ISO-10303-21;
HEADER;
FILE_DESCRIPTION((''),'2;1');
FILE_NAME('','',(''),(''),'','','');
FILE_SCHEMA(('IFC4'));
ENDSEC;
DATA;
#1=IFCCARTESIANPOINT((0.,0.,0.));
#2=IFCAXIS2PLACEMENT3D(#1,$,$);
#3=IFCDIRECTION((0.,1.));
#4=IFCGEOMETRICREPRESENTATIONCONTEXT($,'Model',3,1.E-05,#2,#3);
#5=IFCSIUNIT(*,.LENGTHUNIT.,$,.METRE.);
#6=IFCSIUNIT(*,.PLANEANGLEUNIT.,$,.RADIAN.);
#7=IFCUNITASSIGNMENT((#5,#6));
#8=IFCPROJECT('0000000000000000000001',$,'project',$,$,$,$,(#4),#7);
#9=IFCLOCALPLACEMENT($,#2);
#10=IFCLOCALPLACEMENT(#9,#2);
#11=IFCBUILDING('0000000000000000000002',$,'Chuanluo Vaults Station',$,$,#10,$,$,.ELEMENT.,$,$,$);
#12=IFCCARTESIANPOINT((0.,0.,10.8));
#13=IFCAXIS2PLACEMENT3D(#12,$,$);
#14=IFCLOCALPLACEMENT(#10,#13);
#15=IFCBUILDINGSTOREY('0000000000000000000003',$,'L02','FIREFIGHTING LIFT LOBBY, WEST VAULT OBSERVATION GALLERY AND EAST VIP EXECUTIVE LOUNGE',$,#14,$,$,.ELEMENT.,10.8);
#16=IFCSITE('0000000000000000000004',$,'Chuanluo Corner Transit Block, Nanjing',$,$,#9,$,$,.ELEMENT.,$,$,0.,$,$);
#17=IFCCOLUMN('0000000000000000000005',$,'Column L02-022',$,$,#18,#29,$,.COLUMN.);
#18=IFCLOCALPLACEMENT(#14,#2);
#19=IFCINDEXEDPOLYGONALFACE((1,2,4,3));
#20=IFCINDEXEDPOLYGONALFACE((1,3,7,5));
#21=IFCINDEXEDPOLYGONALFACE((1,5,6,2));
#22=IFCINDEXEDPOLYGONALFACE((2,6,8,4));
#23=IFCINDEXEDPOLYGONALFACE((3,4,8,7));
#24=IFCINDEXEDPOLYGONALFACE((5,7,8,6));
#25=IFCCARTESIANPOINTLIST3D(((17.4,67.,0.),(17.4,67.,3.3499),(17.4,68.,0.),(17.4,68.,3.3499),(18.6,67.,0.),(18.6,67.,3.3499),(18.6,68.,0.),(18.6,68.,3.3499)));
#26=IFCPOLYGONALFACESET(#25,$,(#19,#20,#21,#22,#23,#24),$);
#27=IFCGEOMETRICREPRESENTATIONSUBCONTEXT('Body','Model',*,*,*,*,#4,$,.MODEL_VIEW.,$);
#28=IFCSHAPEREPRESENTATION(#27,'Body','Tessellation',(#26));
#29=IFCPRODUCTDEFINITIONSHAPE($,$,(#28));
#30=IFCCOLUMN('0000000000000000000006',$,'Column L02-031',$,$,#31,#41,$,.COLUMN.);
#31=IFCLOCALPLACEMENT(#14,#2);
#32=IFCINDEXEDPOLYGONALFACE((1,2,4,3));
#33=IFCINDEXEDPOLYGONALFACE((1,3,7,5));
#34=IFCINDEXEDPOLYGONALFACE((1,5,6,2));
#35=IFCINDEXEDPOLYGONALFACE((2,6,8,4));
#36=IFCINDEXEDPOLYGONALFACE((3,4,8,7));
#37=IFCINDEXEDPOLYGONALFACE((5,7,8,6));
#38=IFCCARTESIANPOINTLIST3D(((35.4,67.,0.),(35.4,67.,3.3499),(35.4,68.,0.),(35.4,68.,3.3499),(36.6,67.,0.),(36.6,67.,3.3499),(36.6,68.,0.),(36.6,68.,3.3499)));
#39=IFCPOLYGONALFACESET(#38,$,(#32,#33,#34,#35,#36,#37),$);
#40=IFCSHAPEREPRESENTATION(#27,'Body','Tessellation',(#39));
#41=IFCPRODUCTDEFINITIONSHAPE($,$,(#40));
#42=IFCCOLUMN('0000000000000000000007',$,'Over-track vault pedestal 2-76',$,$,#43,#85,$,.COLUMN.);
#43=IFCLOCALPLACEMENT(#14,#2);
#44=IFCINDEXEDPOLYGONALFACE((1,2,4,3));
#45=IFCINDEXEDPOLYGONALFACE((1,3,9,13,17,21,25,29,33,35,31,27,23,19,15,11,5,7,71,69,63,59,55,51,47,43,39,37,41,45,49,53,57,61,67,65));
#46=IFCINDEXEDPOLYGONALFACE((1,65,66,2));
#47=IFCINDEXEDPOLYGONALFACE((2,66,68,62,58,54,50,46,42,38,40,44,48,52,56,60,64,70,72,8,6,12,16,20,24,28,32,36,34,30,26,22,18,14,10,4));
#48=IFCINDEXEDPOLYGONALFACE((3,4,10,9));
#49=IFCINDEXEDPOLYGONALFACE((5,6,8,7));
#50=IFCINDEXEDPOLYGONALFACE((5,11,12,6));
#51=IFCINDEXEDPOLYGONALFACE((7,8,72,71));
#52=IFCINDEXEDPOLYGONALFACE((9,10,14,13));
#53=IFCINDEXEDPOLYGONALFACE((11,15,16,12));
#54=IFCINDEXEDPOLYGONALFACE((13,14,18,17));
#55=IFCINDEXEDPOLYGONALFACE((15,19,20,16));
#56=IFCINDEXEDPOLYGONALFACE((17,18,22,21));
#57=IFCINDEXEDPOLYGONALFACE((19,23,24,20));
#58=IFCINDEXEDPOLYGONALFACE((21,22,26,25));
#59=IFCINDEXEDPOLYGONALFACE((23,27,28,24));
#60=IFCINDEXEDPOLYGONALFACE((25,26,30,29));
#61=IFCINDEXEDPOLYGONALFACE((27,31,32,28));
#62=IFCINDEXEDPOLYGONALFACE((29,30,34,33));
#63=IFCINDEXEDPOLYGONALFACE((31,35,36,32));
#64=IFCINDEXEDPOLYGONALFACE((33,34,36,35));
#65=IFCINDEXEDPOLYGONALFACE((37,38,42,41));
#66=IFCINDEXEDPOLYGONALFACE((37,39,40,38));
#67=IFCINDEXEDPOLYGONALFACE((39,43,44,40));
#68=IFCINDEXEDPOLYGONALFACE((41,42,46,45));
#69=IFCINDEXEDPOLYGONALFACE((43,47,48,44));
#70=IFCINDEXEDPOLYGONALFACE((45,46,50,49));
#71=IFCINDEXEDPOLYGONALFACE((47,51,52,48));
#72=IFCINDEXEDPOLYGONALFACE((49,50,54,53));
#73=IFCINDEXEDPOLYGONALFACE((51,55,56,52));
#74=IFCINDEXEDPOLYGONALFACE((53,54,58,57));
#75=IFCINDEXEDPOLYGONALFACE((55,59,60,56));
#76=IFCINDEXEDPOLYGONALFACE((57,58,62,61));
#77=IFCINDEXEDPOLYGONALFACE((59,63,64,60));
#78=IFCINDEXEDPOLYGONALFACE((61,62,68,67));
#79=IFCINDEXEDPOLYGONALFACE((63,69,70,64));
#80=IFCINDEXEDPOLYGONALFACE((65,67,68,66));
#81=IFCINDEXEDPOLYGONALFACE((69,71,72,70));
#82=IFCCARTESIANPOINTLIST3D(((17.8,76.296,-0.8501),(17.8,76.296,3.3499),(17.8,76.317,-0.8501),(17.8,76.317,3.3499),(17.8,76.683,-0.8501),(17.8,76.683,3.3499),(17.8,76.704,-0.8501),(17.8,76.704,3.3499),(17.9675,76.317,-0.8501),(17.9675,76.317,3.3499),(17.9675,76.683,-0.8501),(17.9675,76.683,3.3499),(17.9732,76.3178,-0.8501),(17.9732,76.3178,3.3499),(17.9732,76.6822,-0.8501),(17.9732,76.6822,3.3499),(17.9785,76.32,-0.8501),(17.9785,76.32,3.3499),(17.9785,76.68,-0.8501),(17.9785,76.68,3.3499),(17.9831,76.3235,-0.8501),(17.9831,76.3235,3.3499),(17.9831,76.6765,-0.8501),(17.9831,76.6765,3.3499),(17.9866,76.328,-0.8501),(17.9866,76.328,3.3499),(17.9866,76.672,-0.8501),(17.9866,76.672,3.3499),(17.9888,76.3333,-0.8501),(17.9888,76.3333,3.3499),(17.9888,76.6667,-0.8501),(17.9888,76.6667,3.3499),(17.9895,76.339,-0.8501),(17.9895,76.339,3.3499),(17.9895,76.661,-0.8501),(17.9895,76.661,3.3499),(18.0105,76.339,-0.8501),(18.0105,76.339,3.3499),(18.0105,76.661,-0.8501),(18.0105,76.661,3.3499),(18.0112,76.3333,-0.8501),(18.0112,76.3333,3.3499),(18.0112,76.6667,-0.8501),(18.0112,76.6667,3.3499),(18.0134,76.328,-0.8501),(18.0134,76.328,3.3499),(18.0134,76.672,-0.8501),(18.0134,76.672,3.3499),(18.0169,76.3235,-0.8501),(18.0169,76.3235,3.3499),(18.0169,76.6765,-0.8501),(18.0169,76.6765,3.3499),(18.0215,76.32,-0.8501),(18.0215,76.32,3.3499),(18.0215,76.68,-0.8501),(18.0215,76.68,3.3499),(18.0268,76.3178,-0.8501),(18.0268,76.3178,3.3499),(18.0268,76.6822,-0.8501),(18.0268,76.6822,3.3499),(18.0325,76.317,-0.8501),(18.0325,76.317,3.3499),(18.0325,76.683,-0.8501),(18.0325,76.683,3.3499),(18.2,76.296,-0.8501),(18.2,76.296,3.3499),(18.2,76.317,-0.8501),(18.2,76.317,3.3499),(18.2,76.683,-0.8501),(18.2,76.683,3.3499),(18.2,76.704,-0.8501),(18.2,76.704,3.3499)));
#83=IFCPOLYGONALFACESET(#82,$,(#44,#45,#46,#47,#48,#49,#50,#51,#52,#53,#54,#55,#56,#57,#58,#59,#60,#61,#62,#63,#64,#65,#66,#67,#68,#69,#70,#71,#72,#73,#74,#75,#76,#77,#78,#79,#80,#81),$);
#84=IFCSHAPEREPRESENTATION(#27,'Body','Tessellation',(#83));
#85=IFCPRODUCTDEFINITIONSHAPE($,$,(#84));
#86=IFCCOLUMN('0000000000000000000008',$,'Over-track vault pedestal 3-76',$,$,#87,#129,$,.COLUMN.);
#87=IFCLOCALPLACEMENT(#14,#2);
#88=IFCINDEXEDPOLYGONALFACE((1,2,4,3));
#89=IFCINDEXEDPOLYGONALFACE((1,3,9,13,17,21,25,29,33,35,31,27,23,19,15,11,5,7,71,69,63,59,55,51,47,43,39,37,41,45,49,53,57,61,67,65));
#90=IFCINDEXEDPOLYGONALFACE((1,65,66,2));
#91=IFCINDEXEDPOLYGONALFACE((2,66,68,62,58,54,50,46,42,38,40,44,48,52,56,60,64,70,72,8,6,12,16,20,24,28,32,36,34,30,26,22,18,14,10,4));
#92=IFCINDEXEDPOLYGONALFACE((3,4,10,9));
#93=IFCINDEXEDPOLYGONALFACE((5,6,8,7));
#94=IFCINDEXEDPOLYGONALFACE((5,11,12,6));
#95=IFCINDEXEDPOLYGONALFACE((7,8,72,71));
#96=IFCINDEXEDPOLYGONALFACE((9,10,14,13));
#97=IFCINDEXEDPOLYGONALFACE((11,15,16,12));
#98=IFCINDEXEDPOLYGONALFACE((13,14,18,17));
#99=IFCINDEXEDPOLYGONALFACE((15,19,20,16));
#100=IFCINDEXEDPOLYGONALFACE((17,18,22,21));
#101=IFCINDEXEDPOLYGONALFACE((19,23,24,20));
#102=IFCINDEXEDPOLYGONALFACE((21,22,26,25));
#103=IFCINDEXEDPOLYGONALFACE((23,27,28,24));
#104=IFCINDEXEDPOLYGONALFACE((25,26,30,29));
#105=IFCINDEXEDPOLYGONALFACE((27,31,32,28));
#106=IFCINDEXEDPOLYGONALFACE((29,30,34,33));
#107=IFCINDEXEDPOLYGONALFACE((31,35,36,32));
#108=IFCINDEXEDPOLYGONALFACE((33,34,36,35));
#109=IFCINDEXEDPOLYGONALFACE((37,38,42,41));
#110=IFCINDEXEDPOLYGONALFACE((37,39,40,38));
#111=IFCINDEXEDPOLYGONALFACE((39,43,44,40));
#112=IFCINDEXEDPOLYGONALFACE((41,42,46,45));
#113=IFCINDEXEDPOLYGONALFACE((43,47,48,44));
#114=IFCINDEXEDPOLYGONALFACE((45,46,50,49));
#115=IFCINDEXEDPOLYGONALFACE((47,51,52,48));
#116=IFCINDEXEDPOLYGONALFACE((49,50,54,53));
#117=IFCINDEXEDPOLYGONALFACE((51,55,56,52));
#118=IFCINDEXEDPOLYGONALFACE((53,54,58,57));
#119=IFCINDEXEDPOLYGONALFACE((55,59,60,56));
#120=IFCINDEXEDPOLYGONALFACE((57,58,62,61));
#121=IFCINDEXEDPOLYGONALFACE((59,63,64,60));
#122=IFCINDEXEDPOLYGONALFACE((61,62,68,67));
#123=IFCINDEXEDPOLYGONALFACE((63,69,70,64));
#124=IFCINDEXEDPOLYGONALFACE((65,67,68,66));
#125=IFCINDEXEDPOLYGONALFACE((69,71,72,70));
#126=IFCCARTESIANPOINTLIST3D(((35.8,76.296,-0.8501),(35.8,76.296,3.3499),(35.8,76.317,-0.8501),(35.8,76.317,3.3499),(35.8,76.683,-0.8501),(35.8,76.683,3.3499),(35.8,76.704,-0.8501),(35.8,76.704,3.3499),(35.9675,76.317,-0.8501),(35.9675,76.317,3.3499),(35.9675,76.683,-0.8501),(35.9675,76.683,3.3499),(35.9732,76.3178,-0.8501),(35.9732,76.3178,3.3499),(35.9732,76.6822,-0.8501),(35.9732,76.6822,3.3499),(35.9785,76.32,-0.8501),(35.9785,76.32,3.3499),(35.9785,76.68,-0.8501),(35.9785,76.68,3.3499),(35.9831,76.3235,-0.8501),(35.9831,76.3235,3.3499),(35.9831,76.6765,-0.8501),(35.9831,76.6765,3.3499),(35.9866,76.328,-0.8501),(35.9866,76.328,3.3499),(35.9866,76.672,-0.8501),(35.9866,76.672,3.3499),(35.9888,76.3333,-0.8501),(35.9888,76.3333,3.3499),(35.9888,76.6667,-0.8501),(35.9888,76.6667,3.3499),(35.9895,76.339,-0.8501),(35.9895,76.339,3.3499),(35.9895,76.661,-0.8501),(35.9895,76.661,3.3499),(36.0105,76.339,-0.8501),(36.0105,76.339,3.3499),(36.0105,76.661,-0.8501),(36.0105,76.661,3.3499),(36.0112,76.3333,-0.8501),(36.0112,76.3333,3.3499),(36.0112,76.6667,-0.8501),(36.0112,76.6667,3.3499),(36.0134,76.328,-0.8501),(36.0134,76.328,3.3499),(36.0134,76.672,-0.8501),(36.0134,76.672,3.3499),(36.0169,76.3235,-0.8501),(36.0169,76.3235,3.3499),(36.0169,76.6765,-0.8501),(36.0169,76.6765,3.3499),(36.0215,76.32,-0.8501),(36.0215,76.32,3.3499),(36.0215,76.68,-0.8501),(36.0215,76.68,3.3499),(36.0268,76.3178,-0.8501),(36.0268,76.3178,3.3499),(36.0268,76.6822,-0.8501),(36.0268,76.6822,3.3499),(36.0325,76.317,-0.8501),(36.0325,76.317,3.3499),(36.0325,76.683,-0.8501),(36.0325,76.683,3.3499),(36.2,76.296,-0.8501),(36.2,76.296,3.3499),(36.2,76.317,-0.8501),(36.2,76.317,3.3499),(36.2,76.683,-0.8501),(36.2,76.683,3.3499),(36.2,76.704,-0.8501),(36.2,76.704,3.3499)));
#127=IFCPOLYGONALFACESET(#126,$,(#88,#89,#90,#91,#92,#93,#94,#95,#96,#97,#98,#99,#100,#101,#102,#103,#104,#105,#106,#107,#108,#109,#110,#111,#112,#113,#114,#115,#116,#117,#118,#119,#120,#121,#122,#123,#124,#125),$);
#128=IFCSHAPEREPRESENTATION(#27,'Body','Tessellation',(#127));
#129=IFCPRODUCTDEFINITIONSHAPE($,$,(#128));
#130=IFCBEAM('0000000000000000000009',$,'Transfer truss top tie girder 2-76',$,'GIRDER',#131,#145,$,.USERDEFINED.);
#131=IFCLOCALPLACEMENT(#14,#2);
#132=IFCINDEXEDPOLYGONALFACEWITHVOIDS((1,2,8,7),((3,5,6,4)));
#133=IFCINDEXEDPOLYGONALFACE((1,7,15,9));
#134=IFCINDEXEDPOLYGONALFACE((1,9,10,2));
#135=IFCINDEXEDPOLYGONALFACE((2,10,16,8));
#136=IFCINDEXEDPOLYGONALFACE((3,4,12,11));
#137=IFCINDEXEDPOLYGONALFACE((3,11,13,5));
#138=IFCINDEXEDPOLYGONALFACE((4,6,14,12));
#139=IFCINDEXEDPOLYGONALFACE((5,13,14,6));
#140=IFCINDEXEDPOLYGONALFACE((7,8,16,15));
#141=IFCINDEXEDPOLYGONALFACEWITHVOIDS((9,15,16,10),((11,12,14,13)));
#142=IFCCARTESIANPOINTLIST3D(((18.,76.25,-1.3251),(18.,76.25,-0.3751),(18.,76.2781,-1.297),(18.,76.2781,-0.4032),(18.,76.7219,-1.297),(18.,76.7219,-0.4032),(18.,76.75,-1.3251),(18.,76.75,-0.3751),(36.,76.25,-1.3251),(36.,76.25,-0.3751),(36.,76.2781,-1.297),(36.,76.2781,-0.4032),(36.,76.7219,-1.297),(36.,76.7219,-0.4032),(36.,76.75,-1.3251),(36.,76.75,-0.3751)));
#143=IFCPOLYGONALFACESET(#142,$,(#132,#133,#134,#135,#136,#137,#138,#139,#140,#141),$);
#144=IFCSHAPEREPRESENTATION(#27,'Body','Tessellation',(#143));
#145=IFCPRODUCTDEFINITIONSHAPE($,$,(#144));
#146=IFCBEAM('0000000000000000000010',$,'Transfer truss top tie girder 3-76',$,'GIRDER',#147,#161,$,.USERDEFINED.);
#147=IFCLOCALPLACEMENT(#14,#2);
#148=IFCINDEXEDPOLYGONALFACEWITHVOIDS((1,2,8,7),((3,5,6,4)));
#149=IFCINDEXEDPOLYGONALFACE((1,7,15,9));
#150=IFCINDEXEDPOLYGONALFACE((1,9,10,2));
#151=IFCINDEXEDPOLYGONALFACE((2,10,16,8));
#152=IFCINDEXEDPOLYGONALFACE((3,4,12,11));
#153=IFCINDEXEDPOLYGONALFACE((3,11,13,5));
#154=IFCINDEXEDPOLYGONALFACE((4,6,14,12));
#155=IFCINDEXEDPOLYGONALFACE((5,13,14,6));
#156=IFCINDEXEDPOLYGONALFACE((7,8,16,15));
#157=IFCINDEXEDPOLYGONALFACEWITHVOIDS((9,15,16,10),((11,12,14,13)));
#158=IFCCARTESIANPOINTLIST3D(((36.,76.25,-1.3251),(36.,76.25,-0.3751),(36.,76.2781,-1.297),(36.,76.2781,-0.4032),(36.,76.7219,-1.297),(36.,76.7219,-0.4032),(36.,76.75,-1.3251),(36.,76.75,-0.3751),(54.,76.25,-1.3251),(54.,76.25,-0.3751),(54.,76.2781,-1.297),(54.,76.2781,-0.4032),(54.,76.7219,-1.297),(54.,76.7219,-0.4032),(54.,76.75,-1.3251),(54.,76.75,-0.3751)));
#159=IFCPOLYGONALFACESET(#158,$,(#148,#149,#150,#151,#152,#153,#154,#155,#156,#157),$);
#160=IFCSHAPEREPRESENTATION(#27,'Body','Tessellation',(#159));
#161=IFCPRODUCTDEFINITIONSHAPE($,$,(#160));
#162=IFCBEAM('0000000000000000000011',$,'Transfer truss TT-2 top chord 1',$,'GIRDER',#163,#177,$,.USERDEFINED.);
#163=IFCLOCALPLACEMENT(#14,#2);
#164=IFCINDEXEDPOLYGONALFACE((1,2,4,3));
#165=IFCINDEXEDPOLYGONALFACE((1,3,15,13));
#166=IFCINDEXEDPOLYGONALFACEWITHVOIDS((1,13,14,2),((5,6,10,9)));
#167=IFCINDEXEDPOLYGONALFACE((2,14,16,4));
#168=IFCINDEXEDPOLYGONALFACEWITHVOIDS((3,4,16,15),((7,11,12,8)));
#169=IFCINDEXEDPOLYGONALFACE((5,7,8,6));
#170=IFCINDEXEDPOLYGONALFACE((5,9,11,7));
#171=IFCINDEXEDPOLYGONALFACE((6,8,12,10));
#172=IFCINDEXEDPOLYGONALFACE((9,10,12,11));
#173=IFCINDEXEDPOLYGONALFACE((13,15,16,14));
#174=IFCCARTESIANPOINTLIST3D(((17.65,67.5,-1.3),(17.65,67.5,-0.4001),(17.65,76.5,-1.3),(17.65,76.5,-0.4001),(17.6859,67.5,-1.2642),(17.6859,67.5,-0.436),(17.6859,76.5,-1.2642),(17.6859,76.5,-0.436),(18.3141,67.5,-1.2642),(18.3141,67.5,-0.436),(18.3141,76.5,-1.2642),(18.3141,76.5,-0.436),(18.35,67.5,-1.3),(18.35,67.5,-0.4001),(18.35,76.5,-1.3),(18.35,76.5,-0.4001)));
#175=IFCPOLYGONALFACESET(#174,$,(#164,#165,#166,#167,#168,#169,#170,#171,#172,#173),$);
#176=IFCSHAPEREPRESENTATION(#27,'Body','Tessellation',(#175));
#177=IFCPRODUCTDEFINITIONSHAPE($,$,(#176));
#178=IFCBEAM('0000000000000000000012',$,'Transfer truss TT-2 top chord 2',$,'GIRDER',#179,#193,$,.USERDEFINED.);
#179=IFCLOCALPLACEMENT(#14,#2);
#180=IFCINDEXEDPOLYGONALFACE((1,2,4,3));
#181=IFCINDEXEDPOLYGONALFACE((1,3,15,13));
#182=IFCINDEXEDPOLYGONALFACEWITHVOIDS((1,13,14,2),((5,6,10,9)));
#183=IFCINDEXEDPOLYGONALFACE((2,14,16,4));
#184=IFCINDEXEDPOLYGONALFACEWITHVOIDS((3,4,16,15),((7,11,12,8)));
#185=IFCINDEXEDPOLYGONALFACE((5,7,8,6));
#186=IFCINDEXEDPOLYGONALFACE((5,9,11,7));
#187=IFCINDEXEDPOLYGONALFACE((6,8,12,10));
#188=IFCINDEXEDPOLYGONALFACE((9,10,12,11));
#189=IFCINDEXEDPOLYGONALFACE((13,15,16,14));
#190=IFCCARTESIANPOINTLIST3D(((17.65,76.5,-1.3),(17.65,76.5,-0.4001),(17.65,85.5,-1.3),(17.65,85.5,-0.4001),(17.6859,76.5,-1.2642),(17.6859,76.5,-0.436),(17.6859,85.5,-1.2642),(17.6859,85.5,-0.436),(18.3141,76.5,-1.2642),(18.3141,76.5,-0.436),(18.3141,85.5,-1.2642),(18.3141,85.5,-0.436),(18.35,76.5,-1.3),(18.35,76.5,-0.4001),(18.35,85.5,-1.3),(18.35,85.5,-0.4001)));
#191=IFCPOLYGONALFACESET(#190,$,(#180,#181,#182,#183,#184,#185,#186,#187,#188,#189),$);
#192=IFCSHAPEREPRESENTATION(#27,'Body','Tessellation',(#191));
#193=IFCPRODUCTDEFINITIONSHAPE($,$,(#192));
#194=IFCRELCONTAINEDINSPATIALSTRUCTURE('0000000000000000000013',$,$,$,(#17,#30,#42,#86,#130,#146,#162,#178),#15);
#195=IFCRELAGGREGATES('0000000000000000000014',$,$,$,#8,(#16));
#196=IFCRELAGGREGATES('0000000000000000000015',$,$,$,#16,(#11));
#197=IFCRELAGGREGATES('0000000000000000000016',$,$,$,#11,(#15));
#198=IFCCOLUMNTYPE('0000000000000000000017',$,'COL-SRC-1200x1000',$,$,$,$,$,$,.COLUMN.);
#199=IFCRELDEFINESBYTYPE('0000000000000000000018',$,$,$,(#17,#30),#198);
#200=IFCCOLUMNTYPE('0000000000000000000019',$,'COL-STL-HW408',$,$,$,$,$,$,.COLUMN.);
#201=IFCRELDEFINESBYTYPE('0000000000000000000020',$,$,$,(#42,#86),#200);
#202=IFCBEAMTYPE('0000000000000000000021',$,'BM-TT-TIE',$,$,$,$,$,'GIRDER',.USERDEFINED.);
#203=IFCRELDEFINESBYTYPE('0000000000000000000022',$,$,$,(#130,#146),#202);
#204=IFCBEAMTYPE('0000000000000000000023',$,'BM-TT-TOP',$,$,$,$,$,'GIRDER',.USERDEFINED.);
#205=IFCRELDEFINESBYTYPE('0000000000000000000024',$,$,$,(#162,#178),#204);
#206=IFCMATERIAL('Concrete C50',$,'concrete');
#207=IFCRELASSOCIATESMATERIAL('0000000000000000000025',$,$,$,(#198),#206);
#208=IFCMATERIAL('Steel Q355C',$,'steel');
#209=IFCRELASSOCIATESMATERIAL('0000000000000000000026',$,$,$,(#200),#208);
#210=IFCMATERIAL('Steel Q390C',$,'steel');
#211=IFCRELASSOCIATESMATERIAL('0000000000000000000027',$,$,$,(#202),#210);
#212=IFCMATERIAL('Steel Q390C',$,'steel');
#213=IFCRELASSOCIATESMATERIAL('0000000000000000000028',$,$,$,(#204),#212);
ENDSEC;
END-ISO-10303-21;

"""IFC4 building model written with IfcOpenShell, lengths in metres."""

from ifc_helpers import new_model, si_unit, direction, frame, origin, origin_2d, place, context, subcontext, project, spatial, rectangle, hollow_rectangle, i_section, extrude, material, material_profile, profile_set, type_object, element, save


model = new_model("IFC4")

# Units and contexts
model_context = context("Model", 3, precision=1e-05, world=origin(), true_north=direction((0.0, 1.0)))
body_context = subcontext(model_context, "Body", "Model", "MODEL_VIEW")
ifc_project = project(units=[si_unit("LENGTHUNIT", "METRE"), si_unit("PLANEANGLEUNIT", "RADIAN")], contexts=[model_context])

# Site, building, storey
site_placement = place(None, origin())
site = spatial("IfcSite", under=ifc_project, at=site_placement, Name="Chuanluo Corner Transit Block, Nanjing", CompositionType="ELEMENT", RefElevation=0.0)
building_placement = place(site_placement, origin())
building = spatial("IfcBuilding", under=site, at=building_placement, Name="Chuanluo Vaults Station", CompositionType="ELEMENT")
storey_placement = place(building_placement, frame((0.0, 0.0, 10.8)))
storey = spatial("IfcBuildingStorey", under=building, at=storey_placement, Name="L02", Description="FIREFIGHTING LIFT LOBBY, WEST VAULT OBSERVATION GALLERY AND EAST VIP EXECUTIVE LOUNGE", CompositionType="ELEMENT", Elevation=10.8)

# Columns
ifc_material_1 = material(Name="Concrete C50", Category="concrete")
ifc_material_profile_1 = material_profile(ifc_material_1, rectangle(XDim=1.2, YDim=1.0, at=origin_2d()))
ifc_profile_set_1 = profile_set([ifc_material_profile_1], Name="Concrete C50")
column_type_1 = type_object("IfcColumnType", Name="COL-SRC-1200x1000", PredefinedType="COLUMN", material=ifc_profile_set_1)
for number, where, z_axis, x_axis, name in (
    (1, (18.0, 67.5, 0.0), (0.0, 0.0, 1.0), (1.0, 0.0, 0.0), "Column L02-022"),
    (2, (36.0, 67.5, 0.0), (0.0, 0.0, 1.0), (1.0, 0.0, 0.0), "Column L02-031"),
):
    element("IfcColumn", number, at=place(storey_placement, frame(where, z_axis=z_axis, x_axis=x_axis)), inside=storey, type_object=column_type_1, Name=name, PredefinedType="COLUMN", context=body_context, shape_type="SweptSolid", body=[
        extrude(rectangle(XDim=1.2, YDim=1.0, at=origin_2d()), origin(), (0.0, 0.0, 1.0), 3.3499),
    ])
ifc_material_2 = material(Name="Steel Q355C", Category="steel")
ifc_material_profile_2 = material_profile(ifc_material_2, i_section(OverallWidth=0.3999, OverallDepth=0.408, WebThickness=0.021, FlangeThickness=0.021, FilletRadius=0.022, at=origin_2d()))
ifc_profile_set_2 = profile_set([ifc_material_profile_2], Name="Steel Q355C")
column_type_2 = type_object("IfcColumnType", Name="COL-STL-HW408", PredefinedType="COLUMN", material=ifc_profile_set_2)
for number, where, z_axis, x_axis, name in (
    (3, (18.0, 76.5, -0.8501), (0.0, 0.0, 1.0), (1.0, 0.0, 0.0), "Over-track vault pedestal 2-76"),
    (4, (36.0, 76.5, -0.8501), (0.0, 0.0, 1.0), (1.0, 0.0, 0.0), "Over-track vault pedestal 3-76"),
):
    element("IfcColumn", number, at=place(storey_placement, frame(where, z_axis=z_axis, x_axis=x_axis)), inside=storey, type_object=column_type_2, Name=name, PredefinedType="COLUMN", context=body_context, shape_type="SweptSolid", body=[
        extrude(i_section(OverallWidth=0.3999, OverallDepth=0.408, WebThickness=0.021, FlangeThickness=0.021, FilletRadius=0.022, at=origin_2d()), origin(), (0.0, 0.0, 1.0), 4.2),
    ])

# Beams
ifc_material_3 = material(Name="Steel Q390C", Category="steel")
ifc_material_profile_3 = material_profile(ifc_material_3, hollow_rectangle(XDim=0.5, YDim=0.95, WallThickness=0.0281, at=origin_2d()))
ifc_profile_set_3 = profile_set([ifc_material_profile_3], Name="Steel Q390C")
beam_type_1 = type_object("IfcBeamType", Name="BM-TT-TIE", ElementType="GIRDER", PredefinedType="USERDEFINED", material=ifc_profile_set_3)
for number, where, z_axis, x_axis, name in (
    (5, (18.0, 76.5, -0.8501), (1.0, 0.0, 0.0), (0.0, 1.0, 0.0), "Transfer truss top tie girder 2-76"),
    (6, (36.0, 76.5, -0.8501), (1.0, 0.0, 0.0), (0.0, 1.0, 0.0), "Transfer truss top tie girder 3-76"),
):
    element("IfcBeam", number, at=place(storey_placement, frame(where, z_axis=z_axis, x_axis=x_axis)), inside=storey, type_object=beam_type_1, Name=name, ObjectType="GIRDER", PredefinedType="USERDEFINED", context=body_context, shape_type="SweptSolid", body=[
        extrude(hollow_rectangle(XDim=0.5, YDim=0.95, WallThickness=0.0281, at=origin_2d()), origin(), (0.0, 0.0, 1.0), 18.0),
    ])
ifc_material_4 = material(Name="Steel Q390C", Category="steel")
ifc_material_profile_4 = material_profile(ifc_material_4, hollow_rectangle(XDim=0.7, YDim=0.8999, WallThickness=0.0359, at=origin_2d()))
ifc_profile_set_4 = profile_set([ifc_material_profile_4], Name="Steel Q390C")
beam_type_2 = type_object("IfcBeamType", Name="BM-TT-TOP", ElementType="GIRDER", PredefinedType="USERDEFINED", material=ifc_profile_set_4)
for number, where, z_axis, x_axis, name in (
    (7, (18.0, 67.5, -0.8501), (0.0, 1.0, 0.0), (-1.0, 0.0, 0.0), "Transfer truss TT-2 top chord 1"),
    (8, (18.0, 76.5, -0.8501), (0.0, 1.0, 0.0), (-1.0, 0.0, 0.0), "Transfer truss TT-2 top chord 2"),
):
    element("IfcBeam", number, at=place(storey_placement, frame(where, z_axis=z_axis, x_axis=x_axis)), inside=storey, type_object=beam_type_2, Name=name, ObjectType="GIRDER", PredefinedType="USERDEFINED", context=body_context, shape_type="SweptSolid", body=[
        extrude(hollow_rectangle(XDim=0.7, YDim=0.8999, WallThickness=0.0359, at=origin_2d()), origin(), (0.0, 0.0, 1.0), 9.0),
    ])

save(model, "model.ifc")
